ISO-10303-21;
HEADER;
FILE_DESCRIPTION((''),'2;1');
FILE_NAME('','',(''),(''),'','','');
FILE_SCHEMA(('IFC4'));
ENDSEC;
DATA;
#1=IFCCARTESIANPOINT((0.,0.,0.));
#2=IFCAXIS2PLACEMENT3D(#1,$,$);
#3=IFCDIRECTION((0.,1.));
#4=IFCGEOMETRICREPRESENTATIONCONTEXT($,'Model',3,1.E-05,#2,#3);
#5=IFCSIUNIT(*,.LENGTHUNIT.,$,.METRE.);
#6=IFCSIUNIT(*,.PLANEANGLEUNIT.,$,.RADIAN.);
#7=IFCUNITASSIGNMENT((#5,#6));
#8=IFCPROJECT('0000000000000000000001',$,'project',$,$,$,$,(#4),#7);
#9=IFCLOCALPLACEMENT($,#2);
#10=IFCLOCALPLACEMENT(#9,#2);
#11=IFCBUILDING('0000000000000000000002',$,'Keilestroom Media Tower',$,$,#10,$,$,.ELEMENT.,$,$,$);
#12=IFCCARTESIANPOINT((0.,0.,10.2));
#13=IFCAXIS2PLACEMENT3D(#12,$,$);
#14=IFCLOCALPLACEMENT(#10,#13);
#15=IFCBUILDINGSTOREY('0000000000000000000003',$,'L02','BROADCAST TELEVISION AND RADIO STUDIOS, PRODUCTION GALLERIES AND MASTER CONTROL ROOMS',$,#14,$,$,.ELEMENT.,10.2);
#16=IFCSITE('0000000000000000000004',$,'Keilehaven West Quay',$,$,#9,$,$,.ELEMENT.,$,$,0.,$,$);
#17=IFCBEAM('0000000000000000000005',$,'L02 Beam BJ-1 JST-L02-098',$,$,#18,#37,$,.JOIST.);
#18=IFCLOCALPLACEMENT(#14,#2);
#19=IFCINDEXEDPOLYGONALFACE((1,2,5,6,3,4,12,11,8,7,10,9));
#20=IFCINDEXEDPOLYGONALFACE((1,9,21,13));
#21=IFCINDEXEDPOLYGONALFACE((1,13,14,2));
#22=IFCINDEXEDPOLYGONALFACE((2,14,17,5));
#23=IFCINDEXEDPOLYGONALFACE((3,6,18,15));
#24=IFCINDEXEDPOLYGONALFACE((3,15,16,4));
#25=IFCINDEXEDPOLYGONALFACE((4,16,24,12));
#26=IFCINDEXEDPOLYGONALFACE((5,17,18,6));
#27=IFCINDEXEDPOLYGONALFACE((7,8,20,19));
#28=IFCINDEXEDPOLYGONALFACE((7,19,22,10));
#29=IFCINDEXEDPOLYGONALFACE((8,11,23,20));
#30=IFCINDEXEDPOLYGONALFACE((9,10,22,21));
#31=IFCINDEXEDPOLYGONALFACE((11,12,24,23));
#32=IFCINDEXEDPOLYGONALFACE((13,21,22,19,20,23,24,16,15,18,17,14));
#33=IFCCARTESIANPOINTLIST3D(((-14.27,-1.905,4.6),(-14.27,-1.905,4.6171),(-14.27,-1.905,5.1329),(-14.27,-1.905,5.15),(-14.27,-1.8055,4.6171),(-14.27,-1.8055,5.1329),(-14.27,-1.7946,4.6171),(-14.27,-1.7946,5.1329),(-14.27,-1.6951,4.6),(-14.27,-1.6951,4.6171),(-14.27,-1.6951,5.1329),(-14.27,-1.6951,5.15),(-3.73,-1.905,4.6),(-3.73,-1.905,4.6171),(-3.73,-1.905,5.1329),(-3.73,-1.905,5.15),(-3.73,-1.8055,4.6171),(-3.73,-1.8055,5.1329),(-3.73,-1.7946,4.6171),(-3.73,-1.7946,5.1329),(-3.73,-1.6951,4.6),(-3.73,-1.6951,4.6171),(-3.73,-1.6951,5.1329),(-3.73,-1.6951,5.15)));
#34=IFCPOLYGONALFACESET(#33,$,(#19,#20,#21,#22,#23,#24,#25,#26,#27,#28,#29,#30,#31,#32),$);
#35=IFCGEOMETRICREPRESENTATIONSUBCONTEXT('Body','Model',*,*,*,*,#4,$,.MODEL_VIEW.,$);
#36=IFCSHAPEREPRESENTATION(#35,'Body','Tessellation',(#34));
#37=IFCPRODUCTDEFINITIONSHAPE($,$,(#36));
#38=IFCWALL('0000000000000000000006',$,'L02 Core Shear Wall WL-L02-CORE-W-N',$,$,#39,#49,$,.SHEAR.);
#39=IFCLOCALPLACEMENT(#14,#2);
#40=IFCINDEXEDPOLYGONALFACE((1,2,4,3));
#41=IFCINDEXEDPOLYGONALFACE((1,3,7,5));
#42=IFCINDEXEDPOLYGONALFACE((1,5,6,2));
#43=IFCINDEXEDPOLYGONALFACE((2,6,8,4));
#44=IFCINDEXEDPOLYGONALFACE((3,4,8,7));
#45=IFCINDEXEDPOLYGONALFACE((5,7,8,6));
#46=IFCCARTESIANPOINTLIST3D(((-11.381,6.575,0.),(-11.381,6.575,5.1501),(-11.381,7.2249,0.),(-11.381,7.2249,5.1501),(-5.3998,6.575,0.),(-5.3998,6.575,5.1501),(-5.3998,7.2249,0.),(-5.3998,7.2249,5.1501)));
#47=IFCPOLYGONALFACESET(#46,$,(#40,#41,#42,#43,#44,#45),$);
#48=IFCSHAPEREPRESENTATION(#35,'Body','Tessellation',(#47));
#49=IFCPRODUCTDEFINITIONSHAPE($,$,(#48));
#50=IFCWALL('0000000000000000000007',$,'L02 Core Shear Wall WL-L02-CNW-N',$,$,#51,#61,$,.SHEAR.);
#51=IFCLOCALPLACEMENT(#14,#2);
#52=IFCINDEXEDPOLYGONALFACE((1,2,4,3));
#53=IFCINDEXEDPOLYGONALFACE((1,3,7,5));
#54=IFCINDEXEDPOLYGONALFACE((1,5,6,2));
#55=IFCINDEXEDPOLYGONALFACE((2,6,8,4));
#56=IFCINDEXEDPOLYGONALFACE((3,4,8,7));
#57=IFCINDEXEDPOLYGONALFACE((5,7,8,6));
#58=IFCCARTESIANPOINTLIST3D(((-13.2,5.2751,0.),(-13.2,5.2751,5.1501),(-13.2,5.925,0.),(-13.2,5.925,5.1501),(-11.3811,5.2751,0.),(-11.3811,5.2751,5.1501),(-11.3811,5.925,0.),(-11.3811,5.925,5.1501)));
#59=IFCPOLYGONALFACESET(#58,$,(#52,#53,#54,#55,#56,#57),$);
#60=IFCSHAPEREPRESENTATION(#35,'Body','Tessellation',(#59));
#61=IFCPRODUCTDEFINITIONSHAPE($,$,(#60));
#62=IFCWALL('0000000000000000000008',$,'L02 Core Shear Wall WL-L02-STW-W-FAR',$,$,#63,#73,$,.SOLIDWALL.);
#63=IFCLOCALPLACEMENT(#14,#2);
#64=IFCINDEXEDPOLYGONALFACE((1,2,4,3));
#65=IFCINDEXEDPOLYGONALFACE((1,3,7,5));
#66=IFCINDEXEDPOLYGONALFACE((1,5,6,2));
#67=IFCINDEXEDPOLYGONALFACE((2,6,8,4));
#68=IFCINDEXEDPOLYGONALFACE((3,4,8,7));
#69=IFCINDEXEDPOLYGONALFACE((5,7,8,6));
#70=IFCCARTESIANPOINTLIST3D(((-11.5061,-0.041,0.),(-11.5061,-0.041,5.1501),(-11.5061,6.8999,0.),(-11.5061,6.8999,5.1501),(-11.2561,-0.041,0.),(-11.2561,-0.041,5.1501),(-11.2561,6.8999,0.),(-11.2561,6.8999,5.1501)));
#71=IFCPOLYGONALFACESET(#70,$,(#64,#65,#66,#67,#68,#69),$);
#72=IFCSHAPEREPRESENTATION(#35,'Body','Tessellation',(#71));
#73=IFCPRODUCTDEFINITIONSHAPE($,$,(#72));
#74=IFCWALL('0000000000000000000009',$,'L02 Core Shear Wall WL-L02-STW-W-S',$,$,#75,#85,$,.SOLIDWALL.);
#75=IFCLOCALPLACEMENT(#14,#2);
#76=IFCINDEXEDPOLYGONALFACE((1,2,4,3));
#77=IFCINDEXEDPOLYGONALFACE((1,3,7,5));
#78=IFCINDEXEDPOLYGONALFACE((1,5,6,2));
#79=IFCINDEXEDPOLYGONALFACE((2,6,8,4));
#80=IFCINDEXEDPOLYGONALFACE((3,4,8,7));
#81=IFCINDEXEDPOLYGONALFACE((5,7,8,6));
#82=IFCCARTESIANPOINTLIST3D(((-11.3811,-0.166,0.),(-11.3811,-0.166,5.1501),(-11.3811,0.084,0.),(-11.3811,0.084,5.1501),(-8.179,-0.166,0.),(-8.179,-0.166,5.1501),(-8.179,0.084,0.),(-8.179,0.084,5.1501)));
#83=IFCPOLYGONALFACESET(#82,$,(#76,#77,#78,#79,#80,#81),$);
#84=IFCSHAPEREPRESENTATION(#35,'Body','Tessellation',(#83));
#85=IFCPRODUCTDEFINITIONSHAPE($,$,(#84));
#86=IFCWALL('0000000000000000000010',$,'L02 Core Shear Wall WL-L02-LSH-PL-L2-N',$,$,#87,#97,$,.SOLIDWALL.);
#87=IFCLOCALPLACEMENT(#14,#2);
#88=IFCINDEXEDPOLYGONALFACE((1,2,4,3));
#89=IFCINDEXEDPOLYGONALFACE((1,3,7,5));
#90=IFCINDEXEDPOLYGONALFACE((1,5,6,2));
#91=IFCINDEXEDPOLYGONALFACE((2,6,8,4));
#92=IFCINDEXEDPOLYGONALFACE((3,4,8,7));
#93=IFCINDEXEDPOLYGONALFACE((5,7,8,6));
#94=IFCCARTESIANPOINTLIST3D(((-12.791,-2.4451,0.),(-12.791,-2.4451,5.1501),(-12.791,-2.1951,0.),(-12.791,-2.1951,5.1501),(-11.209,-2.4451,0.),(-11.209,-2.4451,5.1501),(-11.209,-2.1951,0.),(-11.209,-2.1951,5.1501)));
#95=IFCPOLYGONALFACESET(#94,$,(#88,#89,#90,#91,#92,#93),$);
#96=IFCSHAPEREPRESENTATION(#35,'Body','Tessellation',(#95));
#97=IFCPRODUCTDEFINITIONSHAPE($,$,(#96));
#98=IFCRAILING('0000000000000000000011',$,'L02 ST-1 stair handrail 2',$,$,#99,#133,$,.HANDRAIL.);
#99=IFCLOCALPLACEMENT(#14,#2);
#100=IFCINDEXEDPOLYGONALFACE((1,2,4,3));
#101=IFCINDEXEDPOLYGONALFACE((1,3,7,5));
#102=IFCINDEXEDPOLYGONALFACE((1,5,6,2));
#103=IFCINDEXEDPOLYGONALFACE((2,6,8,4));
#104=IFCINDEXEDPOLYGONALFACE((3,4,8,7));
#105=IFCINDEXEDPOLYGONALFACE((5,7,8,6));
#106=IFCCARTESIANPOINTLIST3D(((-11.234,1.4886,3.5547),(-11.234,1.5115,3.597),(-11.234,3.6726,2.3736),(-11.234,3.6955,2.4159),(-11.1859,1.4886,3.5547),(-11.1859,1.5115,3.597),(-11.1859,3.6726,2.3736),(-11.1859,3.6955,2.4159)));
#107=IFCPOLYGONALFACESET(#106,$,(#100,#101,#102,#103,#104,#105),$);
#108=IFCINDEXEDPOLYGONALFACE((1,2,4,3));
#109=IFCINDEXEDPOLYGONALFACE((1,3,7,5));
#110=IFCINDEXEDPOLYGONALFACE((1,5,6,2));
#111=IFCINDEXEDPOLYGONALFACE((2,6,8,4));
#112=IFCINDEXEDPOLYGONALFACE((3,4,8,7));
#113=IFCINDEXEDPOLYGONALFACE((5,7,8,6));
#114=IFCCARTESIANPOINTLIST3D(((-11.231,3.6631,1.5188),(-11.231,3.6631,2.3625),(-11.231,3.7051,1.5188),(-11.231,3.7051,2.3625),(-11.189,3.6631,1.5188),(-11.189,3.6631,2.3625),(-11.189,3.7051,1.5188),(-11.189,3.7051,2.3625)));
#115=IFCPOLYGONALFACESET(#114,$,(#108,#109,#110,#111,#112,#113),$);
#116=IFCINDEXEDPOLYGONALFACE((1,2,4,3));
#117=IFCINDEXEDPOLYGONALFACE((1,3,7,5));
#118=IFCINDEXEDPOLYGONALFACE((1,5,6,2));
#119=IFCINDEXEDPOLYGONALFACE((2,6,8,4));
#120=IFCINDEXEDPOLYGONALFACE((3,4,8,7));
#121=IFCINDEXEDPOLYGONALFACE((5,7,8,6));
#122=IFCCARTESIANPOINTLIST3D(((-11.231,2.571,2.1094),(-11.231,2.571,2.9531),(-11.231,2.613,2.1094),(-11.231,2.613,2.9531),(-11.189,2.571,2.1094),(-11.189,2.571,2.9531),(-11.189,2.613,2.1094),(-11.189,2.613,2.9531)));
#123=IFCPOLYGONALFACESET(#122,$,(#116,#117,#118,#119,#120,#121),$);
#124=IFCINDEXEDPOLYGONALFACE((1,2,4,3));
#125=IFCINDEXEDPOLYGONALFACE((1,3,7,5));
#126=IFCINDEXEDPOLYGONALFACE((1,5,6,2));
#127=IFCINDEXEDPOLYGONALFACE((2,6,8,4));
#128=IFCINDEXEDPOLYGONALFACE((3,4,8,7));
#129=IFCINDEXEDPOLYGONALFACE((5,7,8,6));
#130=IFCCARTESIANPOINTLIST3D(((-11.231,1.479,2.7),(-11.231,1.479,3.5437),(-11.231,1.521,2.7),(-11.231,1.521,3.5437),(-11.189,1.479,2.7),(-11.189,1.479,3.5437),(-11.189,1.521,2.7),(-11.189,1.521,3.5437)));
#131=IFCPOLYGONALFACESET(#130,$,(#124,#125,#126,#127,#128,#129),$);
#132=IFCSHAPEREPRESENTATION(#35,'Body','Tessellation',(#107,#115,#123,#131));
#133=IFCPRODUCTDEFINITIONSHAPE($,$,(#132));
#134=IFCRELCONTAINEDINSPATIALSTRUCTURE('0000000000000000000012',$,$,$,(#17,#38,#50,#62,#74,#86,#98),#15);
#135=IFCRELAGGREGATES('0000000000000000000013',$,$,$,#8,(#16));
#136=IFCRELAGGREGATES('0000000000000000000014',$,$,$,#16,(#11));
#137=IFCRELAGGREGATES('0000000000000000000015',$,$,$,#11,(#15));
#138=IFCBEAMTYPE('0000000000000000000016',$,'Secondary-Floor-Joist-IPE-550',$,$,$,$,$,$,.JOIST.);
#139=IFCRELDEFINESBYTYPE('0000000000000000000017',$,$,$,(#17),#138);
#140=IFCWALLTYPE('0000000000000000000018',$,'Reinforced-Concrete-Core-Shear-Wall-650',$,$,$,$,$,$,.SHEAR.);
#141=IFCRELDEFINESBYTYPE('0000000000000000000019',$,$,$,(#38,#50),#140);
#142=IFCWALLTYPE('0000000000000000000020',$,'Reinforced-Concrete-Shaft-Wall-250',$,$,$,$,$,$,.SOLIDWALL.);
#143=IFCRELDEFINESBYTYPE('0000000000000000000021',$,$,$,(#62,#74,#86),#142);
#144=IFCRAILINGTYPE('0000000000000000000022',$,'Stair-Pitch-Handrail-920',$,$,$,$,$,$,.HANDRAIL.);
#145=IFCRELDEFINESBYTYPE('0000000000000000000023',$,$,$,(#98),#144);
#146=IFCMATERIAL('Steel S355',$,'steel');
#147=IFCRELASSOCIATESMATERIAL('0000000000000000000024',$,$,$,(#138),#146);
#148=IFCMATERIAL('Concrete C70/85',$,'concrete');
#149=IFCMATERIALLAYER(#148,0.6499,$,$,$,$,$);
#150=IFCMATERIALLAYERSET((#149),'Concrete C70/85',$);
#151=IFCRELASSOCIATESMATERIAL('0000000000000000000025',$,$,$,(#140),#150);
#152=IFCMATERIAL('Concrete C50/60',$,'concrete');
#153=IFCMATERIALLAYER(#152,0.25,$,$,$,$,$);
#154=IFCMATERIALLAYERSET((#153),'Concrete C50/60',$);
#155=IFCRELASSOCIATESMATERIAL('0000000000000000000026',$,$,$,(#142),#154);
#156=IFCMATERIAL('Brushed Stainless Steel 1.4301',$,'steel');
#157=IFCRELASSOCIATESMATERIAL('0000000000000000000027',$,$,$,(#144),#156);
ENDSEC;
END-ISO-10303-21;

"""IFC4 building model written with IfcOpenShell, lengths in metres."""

from ifc_helpers import new_model, si_unit, direction, frame, frame_2d, origin, origin_2d, place, context, subcontext, project, spatial, rectangle, i_section, extrude, source, transform, mapped, material, layer, layer_set, material_profile, profile_set, type_object, element, save


model = new_model("IFC4")

# Units and contexts
model_context = context("Model", 3, precision=1e-05, world=origin(), true_north=direction((0.0, 1.0)))
body_context = subcontext(model_context, "Body", "Model", "MODEL_VIEW")
ifc_project = project(units=[si_unit("LENGTHUNIT", "METRE"), si_unit("PLANEANGLEUNIT", "RADIAN")], contexts=[model_context])

# Site, building, storey
site_placement = place(None, origin())
site = spatial("IfcSite", under=ifc_project, at=site_placement, Name="Keilehaven West Quay", CompositionType="ELEMENT", RefElevation=0.0)
building_placement = place(site_placement, origin())
building = spatial("IfcBuilding", under=site, at=building_placement, Name="Keilestroom Media Tower", CompositionType="ELEMENT")
storey_placement = place(building_placement, frame((0.0, 0.0, 10.2)))
storey = spatial("IfcBuildingStorey", under=building, at=storey_placement, Name="L02", Description="BROADCAST TELEVISION AND RADIO STUDIOS, PRODUCTION GALLERIES AND MASTER CONTROL ROOMS", CompositionType="ELEMENT", Elevation=10.2)

# Shared definitions
ifc_material_1 = material(Name="Concrete C70/85", Category="concrete")

# Beam
ifc_material_2 = material(Name="Steel S355", Category="steel")
ifc_material_profile_1 = material_profile(ifc_material_2, i_section(OverallWidth=0.21, OverallDepth=0.55, WebThickness=0.011, FlangeThickness=0.0171, at=origin_2d()), Name="IPE 550")
ifc_profile_set_1 = profile_set([ifc_material_profile_1], Name="Steel S355")
beam_type_1 = type_object("IfcBeamType", Name="Secondary-Floor-Joist-IPE-550", PredefinedType="JOIST", material=ifc_profile_set_1)
shared_shape_1 = source(origin(), body_context, "Body", "SweptSolid", [
    extrude(i_section(OverallWidth=0.21, OverallDepth=0.55, WebThickness=0.011, FlangeThickness=0.0171, at=origin_2d()), origin(), (0.0, 0.0, 1.0), 10.54),
])
beam_1_placement = place(storey_placement, frame((-14.27, -1.8, 4.875), z_axis=(1.0, 0.0, 0.0), x_axis=(0.0, 1.0, 0.0)))
element("IfcBeam", 1, at=beam_1_placement, inside=storey, type_object=beam_type_1, Name="L02 Beam BJ-1 JST-L02-098", PredefinedType="JOIST", context=body_context, shape_type="MappedRepresentation", body=[
    mapped(shared_shape_1, transform((0.0, 0.0, 0.0), x_axis=(1.0, 0.0, 0.0), y_axis=(0.0, 1.0, 0.0), z_axis=(0.0, 0.0, 1.0), scale=1.0)),
])

# Walls
ifc_layer_1 = layer(ifc_material_1, 0.6499)
ifc_layer_set_1 = layer_set([ifc_layer_1], Name="Concrete C70/85")
wall_type_1 = type_object("IfcWallType", Name="Reinforced-Concrete-Core-Shear-Wall-650", PredefinedType="SHEAR", material=ifc_layer_set_1)
wall_1_placement = place(storey_placement, frame((-11.3811, 6.8999, 0.0), z_axis=(0.0, 0.0, 1.0), x_axis=(1.0, 0.0, 0.0)))
element("IfcWall", 2, at=wall_1_placement, inside=storey, type_object=wall_type_1, Name="L02 Core Shear Wall WL-L02-CORE-W-N", PredefinedType="SHEAR", context=body_context, shape_type="SweptSolid", body=[
    extrude(rectangle(XDim=5.9812, YDim=0.6499, at=frame_2d((2.9907, 0.0))), origin(), (0.0, 0.0, 1.0), 5.1501),
])
wall_2_placement = place(storey_placement, frame((-13.2, 5.6001, 0.0), z_axis=(0.0, 0.0, 1.0), x_axis=(1.0, 0.0, 0.0)))
element("IfcWall", 3, at=wall_2_placement, inside=storey, type_object=wall_type_1, Name="L02 Core Shear Wall WL-L02-CNW-N", PredefinedType="SHEAR", context=body_context, shape_type="SweptSolid", body=[
    extrude(rectangle(XDim=1.8188, YDim=0.6499, at=frame_2d((0.9094, 0.0))), origin(), (0.0, 0.0, 1.0), 5.1501),
])
ifc_material_3 = material(Name="Concrete C50/60", Category="concrete")
ifc_layer_2 = layer(ifc_material_3, 0.25)
ifc_layer_set_2 = layer_set([ifc_layer_2], Name="Concrete C50/60")
wall_type_2 = type_object("IfcWallType", Name="Reinforced-Concrete-Shaft-Wall-250", PredefinedType="SOLIDWALL", material=ifc_layer_set_2)
wall_3_placement = place(storey_placement, frame((-11.3811, -0.041, 0.0), z_axis=(0.0, 0.0, 1.0), x_axis=(0.0, 1.0, 0.0)))
element("IfcWall", 4, at=wall_3_placement, inside=storey, type_object=wall_type_2, Name="L02 Core Shear Wall WL-L02-STW-W-FAR", PredefinedType="SOLIDWALL", context=body_context, shape_type="SweptSolid", body=[
    extrude(rectangle(XDim=6.9409, YDim=0.25, at=frame_2d((3.4705, 0.0))), origin(), (0.0, 0.0, 1.0), 5.1501),
])
wall_4_placement = place(storey_placement, frame((-11.3811, -0.041, 0.0), z_axis=(0.0, 0.0, 1.0), x_axis=(1.0, 0.0, 0.0)))
element("IfcWall", 5, at=wall_4_placement, inside=storey, type_object=wall_type_2, Name="L02 Core Shear Wall WL-L02-STW-W-S", PredefinedType="SOLIDWALL", context=body_context, shape_type="SweptSolid", body=[
    extrude(rectangle(XDim=3.2021, YDim=0.25, at=frame_2d((1.6011, 0.0))), origin(), (0.0, 0.0, 1.0), 5.1501),
])
wall_5_placement = place(storey_placement, frame((-12.791, -2.3201, 0.0), z_axis=(0.0, 0.0, 1.0), x_axis=(1.0, 0.0, 0.0)))
element("IfcWall", 6, at=wall_5_placement, inside=storey, type_object=wall_type_2, Name="L02 Core Shear Wall WL-L02-LSH-PL-L2-N", PredefinedType="SOLIDWALL", context=body_context, shape_type="SweptSolid", body=[
    extrude(rectangle(XDim=1.582, YDim=0.25, at=frame_2d((0.791, 0.0))), origin(), (0.0, 0.0, 1.0), 5.1501),
])

# Railing
ifc_material_4 = material(Name="Brushed Stainless Steel 1.4301", Category="steel")
railing_type = type_object("IfcRailingType", Name="Stair-Pitch-Handrail-920", PredefinedType="HANDRAIL", material=ifc_material_4)
railing_placement = place(storey_placement, frame((-11.21, 3.6841, 1.5188)))
element("IfcRailing", 7, at=railing_placement, inside=storey, type_object=railing_type, Name="L02 ST-1 stair handrail 2", PredefinedType="HANDRAIL", context=body_context, shape_type="SweptSolid", body=[
    extrude(rectangle(XDim=0.0481, YDim=0.0481, at=origin_2d()), frame((0.0, 0.0, 0.876), z_axis=(0.0, -0.879611, 0.475694), x_axis=(1.0, 0.0, 0.0)), (0.0, 0.0, 1.0), 2.4829),
    extrude(rectangle(XDim=0.042, YDim=0.042, at=origin_2d()), origin(), (0.0, 0.0, 1.0), 0.8438),
    extrude(rectangle(XDim=0.042, YDim=0.042, at=origin_2d()), frame((0.0, -1.092, 0.5906)), (0.0, 0.0, 1.0), 0.8438),
    extrude(rectangle(XDim=0.042, YDim=0.042, at=origin_2d()), frame((0.0, -2.1841, 1.1812)), (0.0, 0.0, 1.0), 0.8438),
])

save(model, "model.ifc")
